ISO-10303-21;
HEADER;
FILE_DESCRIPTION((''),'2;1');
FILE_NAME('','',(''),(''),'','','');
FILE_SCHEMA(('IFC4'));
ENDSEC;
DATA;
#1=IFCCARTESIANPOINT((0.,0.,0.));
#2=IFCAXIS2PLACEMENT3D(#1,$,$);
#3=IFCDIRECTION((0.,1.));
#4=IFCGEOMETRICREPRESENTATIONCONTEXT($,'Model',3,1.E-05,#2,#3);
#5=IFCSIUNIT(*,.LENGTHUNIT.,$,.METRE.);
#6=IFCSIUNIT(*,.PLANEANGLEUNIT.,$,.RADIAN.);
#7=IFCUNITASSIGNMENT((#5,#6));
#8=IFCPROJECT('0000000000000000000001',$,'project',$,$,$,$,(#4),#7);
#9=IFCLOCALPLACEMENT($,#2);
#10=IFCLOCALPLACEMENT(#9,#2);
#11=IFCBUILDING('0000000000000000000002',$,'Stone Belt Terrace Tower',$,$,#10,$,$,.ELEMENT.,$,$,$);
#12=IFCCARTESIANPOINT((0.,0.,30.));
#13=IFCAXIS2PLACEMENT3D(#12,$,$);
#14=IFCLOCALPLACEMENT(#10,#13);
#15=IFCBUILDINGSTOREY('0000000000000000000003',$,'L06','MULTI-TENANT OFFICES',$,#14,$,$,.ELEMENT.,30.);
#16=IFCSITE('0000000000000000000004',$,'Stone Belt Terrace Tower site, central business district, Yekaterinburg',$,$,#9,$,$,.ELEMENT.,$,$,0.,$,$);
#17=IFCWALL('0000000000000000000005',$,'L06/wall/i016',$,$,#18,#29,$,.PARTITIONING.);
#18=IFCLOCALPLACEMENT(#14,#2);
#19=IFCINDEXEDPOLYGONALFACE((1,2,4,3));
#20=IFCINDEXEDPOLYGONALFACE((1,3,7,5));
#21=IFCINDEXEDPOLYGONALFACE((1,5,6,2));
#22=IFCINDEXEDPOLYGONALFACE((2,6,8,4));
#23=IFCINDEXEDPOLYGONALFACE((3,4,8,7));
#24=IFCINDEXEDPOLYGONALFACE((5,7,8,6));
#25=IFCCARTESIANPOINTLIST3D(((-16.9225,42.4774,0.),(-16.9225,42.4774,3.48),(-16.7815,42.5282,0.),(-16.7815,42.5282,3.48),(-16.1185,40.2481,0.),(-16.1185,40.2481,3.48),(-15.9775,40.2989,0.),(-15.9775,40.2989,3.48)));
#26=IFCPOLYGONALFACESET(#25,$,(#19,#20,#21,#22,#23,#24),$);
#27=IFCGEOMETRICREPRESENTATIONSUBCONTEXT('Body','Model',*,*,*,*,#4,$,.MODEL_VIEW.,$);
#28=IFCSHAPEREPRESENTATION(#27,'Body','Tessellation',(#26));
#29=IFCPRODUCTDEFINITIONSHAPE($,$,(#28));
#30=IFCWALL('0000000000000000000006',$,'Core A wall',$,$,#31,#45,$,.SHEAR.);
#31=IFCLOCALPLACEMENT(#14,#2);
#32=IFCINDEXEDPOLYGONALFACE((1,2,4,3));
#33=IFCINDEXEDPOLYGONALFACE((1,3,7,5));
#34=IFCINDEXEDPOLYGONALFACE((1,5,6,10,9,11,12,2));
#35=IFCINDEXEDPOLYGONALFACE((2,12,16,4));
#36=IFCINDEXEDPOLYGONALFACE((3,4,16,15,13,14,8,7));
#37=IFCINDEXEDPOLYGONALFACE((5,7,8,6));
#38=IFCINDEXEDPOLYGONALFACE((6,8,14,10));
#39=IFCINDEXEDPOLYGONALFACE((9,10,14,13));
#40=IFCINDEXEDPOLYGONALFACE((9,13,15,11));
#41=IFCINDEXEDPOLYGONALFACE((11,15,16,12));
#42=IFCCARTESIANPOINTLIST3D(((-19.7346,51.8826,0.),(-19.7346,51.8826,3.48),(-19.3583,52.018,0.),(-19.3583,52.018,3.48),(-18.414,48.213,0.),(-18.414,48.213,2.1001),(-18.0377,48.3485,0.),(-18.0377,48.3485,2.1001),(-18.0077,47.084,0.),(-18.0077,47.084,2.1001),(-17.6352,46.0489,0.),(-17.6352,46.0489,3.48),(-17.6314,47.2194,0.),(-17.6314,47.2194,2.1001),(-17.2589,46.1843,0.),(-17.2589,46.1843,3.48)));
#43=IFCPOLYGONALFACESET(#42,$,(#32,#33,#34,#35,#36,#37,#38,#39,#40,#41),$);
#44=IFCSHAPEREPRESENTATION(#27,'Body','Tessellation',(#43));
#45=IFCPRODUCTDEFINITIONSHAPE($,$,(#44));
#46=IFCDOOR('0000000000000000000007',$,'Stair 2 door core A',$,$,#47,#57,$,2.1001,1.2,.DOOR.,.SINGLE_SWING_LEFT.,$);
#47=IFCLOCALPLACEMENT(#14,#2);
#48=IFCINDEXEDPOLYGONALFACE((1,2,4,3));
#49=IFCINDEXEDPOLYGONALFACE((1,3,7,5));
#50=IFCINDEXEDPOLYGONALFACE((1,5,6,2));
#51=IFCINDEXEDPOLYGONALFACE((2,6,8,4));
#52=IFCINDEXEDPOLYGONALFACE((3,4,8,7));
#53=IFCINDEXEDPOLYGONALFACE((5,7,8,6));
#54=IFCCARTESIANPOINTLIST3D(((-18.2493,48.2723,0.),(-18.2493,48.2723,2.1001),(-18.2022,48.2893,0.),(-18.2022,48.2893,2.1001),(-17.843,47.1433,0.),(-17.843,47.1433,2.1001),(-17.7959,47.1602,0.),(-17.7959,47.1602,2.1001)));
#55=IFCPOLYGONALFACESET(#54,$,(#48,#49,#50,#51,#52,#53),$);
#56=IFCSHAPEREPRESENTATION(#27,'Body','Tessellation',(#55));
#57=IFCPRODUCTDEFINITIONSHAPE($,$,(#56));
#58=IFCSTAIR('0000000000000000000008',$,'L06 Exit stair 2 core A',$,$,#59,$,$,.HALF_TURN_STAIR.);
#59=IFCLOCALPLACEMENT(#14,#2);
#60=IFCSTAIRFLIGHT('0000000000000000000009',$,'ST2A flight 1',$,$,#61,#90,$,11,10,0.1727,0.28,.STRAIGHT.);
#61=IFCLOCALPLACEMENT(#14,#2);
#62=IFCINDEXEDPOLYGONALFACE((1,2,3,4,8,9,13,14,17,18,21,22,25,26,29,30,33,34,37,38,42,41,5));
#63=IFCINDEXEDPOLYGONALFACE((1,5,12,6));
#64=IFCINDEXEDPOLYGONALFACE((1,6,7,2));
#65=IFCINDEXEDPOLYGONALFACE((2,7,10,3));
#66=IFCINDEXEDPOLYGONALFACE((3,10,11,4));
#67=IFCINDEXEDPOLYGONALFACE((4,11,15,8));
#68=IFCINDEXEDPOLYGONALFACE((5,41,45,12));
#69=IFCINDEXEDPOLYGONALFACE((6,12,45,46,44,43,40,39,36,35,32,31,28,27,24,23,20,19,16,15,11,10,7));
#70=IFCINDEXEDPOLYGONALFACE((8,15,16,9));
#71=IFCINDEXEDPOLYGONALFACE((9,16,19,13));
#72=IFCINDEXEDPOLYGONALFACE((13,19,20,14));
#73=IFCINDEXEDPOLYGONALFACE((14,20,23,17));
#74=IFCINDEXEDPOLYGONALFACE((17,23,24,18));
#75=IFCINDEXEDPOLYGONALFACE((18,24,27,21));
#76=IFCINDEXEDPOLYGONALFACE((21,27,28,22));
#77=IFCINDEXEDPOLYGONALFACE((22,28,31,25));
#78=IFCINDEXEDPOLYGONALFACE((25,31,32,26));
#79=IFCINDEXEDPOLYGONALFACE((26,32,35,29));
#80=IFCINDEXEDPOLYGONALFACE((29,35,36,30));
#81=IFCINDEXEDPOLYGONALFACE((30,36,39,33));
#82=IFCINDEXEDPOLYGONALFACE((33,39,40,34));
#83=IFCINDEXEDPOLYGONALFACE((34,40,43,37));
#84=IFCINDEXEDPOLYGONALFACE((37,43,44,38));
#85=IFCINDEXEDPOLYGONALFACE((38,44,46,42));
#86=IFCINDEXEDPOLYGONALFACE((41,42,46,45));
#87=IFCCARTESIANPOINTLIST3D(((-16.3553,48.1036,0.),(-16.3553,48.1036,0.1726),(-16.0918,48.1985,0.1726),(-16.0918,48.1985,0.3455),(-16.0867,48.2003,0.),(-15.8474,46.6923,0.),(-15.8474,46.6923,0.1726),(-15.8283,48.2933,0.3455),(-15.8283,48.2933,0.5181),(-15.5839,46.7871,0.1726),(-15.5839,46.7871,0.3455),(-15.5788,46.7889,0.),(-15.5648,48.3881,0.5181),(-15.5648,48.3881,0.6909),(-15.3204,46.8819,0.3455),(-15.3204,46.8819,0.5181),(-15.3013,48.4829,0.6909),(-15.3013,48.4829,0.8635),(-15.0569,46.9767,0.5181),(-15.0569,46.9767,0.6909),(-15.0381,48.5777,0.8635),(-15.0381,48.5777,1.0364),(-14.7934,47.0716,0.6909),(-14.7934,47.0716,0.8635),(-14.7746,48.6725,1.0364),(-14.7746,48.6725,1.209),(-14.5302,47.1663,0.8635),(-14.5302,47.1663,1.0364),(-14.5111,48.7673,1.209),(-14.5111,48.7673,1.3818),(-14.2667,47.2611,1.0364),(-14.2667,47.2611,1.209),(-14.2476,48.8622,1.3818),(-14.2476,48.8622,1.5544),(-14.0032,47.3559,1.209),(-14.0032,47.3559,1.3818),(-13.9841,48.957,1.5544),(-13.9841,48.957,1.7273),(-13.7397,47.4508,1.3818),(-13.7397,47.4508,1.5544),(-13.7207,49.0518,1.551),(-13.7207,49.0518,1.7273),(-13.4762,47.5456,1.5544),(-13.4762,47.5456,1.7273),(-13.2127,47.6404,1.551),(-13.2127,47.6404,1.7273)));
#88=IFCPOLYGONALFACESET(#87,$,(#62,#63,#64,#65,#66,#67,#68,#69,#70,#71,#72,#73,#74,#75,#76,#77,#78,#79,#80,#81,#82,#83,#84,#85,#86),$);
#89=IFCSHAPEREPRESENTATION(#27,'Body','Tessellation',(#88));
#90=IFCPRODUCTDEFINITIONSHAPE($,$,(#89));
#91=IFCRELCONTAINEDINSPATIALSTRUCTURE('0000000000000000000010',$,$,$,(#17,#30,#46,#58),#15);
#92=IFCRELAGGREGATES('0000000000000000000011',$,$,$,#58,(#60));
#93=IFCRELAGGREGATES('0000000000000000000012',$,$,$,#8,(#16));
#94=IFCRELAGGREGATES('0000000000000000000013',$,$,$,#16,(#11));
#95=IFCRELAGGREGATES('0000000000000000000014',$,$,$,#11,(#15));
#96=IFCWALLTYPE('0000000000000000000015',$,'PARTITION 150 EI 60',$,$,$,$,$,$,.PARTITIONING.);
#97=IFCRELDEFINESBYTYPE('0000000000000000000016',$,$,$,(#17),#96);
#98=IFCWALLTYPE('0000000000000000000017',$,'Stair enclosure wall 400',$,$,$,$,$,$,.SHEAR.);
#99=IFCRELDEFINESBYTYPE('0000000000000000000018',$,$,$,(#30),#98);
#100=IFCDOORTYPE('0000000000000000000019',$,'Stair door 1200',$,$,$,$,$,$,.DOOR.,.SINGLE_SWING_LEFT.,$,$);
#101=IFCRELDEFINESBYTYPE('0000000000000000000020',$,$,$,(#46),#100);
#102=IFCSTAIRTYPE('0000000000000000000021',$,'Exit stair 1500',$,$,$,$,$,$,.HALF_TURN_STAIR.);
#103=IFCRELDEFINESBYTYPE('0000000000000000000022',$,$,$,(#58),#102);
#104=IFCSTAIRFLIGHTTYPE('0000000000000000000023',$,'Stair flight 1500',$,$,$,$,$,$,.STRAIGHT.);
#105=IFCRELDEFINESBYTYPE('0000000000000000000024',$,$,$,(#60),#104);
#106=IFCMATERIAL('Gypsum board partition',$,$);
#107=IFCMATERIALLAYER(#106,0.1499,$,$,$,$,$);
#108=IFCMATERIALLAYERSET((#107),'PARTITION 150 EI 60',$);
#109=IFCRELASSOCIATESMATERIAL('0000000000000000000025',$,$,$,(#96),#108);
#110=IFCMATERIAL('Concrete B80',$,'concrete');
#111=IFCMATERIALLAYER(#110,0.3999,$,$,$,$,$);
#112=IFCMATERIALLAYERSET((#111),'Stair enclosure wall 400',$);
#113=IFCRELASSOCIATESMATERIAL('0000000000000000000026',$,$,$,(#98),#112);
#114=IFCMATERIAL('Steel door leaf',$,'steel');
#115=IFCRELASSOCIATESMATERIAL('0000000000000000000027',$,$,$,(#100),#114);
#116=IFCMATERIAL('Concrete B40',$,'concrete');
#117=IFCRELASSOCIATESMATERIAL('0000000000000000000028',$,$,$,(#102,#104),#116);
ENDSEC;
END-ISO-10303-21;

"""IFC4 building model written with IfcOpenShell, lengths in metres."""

from ifc_helpers import new_model, si_unit, direction, frame, frame_2d, origin, place, context, subcontext, project, spatial, polyline, rectangle, outline, extrude, material, layer, layer_set, type_object, element, fill, aggregate, save


model = new_model("IFC4")

# Units and contexts
model_context = context("Model", 3, precision=1e-05, world=origin(), true_north=direction((0.0, 1.0)))
body_context = subcontext(model_context, "Body", "Model", "MODEL_VIEW")
ifc_project = project(units=[si_unit("LENGTHUNIT", "METRE"), si_unit("PLANEANGLEUNIT", "RADIAN")], contexts=[model_context])

# Site, building, storey
site_placement = place(None, origin())
site = spatial("IfcSite", under=ifc_project, at=site_placement, Name="Stone Belt Terrace Tower site, central business district, Yekaterinburg", CompositionType="ELEMENT", RefElevation=0.0)
building_placement = place(site_placement, origin())
building = spatial("IfcBuilding", under=site, at=building_placement, Name="Stone Belt Terrace Tower", CompositionType="ELEMENT")
storey_placement = place(building_placement, frame((0.0, 0.0, 30.0)))
storey = spatial("IfcBuildingStorey", under=building, at=storey_placement, Name="L06", Description="MULTI-TENANT OFFICES", CompositionType="ELEMENT", Elevation=30.0)

# Shared definitions
ifc_material_1 = material(Name="Concrete B80", Category="concrete")

# Shared definitions
ifc_material_2 = material(Name="Gypsum board partition")
ifc_layer_1 = layer(ifc_material_2, 0.1499)
ifc_layer_set_1 = layer_set([ifc_layer_1], Name="PARTITION 150 EI 60")
wall_type_1 = type_object("IfcWallType", Name="PARTITION 150 EI 60", PredefinedType="PARTITIONING", material=ifc_layer_set_1)

# Wall
wall_1_placement = place(storey_placement, frame((-16.8521, 42.5029, 0.0), z_axis=(0.0, 0.0, 1.0), x_axis=(0.339252, -0.940696, 0.0)))
element("IfcWall", 1, at=wall_1_placement, inside=storey, type_object=wall_type_1, Name="L06/wall/i016", PredefinedType="PARTITIONING", context=body_context, shape_type="SweptSolid", body=[
    extrude(rectangle(XDim=2.3699, YDim=0.1499, at=frame_2d((1.1851, 0.0))), origin(), (0.0, 0.0, 1.0), 3.48),
])

# Wall, opening, door
ifc_layer_2 = layer(ifc_material_1, 0.3999)
ifc_layer_set_2 = layer_set([ifc_layer_2], Name="Stair enclosure wall 400")
wall_type_2 = type_object("IfcWallType", Name="Stair enclosure wall 400", PredefinedType="SHEAR", material=ifc_layer_set_2)
wall_2_placement = place(storey_placement, frame((-17.447, 46.1165, 0.0), z_axis=(0.0, 0.0, 1.0), x_axis=(-0.338608, 0.940928, 0.0)))
wall_2 = element("IfcWall", 2, at=wall_2_placement, inside=storey, type_object=wall_type_2, Name="Core A wall", PredefinedType="SHEAR", context=body_context, shape_type="SweptSolid", body=[
    extrude(rectangle(XDim=6.2, YDim=0.3999, at=frame_2d((3.1001, 0.0))), origin(), (0.0, 0.0, 1.0), 3.48),
])
opening_1_placement = place(wall_2_placement, frame((1.1001, 0.0, 0.0)))
opening_1 = element("IfcOpeningElement", 3, at=opening_1_placement, cuts=wall_2, PredefinedType="OPENING", context=body_context, shape_type="SweptSolid", body=[
    extrude(rectangle(XDim=1.2, YDim=2.1001, at=frame_2d((0.6001, 1.05))), frame((0.0, 0.21, 0.0), z_axis=(0.0, -1.0, 0.0), x_axis=(1.0, 0.0, 0.0)), (0.0, 0.0, 1.0), 0.4199),
])
ifc_material_3 = material(Name="Steel door leaf", Category="steel")
door_type_1 = type_object("IfcDoorType", Name="Stair door 1200", OperationType="SINGLE_SWING_LEFT", PredefinedType="DOOR", material=ifc_material_3)
door_1_placement = place(opening_1_placement, origin())
door_1 = element("IfcDoor", 4, at=door_1_placement, inside=storey, type_object=door_type_1, Name="Stair 2 door core A", OperationType="SINGLE_SWING_LEFT", OverallHeight=2.1001, OverallWidth=1.2, PredefinedType="DOOR", context=body_context, shape_type="SweptSolid", body=[
    extrude(rectangle(XDim=1.2, YDim=2.1001, at=frame_2d((0.6001, 1.05))), frame((0.0, 0.0249, 0.0), z_axis=(0.0, -1.0, 0.0), x_axis=(1.0, 0.0, 0.0)), (0.0, 0.0, 1.0), 0.05),
])
fill(opening_1, door_1)

# Stair, stair flight
ifc_material_4 = material(Name="Concrete B40", Category="concrete")
stair_type = type_object("IfcStairType", Name="Exit stair 1500", PredefinedType="HALF_TURN_STAIR", material=ifc_material_4)
stair_placement = place(storey_placement, origin())
stair = element("IfcStair", 5, at=stair_placement, inside=storey, type_object=stair_type, Name="L06 Exit stair 2 core A", PredefinedType="HALF_TURN_STAIR")
stair_flight_type = type_object("IfcStairFlightType", Name="Stair flight 1500", PredefinedType="STRAIGHT", material=ifc_material_4)
stair_flight_placement = place(storey_placement, frame((-16.1013, 47.3979, 0.0), z_axis=(0.0, 0.0, 1.0), x_axis=(0.940922, 0.338624, 0.0)))
stair_flight = element("IfcStairFlight", 6, at=stair_flight_placement, type_object=stair_flight_type, Name="ST2A flight 1", NumberOfRisers=11, NumberOfTreads=10, PredefinedType="STRAIGHT", RiserHeight=0.1727, TreadLength=0.28, context=body_context, shape_type="SweptSolid", body=[
    extrude(outline(polyline([(0.0, 0.0), (0.0, 0.1726), (0.28, 0.1726), (0.28, 0.3455), (0.5601, 0.3455), (0.5601, 0.5181), (0.8401, 0.5181), (0.8401, 0.6909), (1.1201, 0.6909), (1.1201, 0.8635), (1.3999, 0.8635), (1.3999, 1.0364), (1.6799, 1.0364), (1.6799, 1.209), (1.96, 1.209), (1.96, 1.3818), (2.24, 1.3818), (2.24, 1.5544), (2.52, 1.5544), (2.52, 1.7273), (2.8, 1.7273), (2.8, 1.8999), (2.8, 1.551), (0.2854, 0.0), (0.0, 0.0)])), frame((0.0, 0.75, 0.0), z_axis=(0.0, -1.0, 0.0), x_axis=(1.0, 0.0, 0.0)), (0.0, 0.0, 1.0), 1.5),
])
aggregate(stair, [stair_flight])

save(model, "model.ifc")
